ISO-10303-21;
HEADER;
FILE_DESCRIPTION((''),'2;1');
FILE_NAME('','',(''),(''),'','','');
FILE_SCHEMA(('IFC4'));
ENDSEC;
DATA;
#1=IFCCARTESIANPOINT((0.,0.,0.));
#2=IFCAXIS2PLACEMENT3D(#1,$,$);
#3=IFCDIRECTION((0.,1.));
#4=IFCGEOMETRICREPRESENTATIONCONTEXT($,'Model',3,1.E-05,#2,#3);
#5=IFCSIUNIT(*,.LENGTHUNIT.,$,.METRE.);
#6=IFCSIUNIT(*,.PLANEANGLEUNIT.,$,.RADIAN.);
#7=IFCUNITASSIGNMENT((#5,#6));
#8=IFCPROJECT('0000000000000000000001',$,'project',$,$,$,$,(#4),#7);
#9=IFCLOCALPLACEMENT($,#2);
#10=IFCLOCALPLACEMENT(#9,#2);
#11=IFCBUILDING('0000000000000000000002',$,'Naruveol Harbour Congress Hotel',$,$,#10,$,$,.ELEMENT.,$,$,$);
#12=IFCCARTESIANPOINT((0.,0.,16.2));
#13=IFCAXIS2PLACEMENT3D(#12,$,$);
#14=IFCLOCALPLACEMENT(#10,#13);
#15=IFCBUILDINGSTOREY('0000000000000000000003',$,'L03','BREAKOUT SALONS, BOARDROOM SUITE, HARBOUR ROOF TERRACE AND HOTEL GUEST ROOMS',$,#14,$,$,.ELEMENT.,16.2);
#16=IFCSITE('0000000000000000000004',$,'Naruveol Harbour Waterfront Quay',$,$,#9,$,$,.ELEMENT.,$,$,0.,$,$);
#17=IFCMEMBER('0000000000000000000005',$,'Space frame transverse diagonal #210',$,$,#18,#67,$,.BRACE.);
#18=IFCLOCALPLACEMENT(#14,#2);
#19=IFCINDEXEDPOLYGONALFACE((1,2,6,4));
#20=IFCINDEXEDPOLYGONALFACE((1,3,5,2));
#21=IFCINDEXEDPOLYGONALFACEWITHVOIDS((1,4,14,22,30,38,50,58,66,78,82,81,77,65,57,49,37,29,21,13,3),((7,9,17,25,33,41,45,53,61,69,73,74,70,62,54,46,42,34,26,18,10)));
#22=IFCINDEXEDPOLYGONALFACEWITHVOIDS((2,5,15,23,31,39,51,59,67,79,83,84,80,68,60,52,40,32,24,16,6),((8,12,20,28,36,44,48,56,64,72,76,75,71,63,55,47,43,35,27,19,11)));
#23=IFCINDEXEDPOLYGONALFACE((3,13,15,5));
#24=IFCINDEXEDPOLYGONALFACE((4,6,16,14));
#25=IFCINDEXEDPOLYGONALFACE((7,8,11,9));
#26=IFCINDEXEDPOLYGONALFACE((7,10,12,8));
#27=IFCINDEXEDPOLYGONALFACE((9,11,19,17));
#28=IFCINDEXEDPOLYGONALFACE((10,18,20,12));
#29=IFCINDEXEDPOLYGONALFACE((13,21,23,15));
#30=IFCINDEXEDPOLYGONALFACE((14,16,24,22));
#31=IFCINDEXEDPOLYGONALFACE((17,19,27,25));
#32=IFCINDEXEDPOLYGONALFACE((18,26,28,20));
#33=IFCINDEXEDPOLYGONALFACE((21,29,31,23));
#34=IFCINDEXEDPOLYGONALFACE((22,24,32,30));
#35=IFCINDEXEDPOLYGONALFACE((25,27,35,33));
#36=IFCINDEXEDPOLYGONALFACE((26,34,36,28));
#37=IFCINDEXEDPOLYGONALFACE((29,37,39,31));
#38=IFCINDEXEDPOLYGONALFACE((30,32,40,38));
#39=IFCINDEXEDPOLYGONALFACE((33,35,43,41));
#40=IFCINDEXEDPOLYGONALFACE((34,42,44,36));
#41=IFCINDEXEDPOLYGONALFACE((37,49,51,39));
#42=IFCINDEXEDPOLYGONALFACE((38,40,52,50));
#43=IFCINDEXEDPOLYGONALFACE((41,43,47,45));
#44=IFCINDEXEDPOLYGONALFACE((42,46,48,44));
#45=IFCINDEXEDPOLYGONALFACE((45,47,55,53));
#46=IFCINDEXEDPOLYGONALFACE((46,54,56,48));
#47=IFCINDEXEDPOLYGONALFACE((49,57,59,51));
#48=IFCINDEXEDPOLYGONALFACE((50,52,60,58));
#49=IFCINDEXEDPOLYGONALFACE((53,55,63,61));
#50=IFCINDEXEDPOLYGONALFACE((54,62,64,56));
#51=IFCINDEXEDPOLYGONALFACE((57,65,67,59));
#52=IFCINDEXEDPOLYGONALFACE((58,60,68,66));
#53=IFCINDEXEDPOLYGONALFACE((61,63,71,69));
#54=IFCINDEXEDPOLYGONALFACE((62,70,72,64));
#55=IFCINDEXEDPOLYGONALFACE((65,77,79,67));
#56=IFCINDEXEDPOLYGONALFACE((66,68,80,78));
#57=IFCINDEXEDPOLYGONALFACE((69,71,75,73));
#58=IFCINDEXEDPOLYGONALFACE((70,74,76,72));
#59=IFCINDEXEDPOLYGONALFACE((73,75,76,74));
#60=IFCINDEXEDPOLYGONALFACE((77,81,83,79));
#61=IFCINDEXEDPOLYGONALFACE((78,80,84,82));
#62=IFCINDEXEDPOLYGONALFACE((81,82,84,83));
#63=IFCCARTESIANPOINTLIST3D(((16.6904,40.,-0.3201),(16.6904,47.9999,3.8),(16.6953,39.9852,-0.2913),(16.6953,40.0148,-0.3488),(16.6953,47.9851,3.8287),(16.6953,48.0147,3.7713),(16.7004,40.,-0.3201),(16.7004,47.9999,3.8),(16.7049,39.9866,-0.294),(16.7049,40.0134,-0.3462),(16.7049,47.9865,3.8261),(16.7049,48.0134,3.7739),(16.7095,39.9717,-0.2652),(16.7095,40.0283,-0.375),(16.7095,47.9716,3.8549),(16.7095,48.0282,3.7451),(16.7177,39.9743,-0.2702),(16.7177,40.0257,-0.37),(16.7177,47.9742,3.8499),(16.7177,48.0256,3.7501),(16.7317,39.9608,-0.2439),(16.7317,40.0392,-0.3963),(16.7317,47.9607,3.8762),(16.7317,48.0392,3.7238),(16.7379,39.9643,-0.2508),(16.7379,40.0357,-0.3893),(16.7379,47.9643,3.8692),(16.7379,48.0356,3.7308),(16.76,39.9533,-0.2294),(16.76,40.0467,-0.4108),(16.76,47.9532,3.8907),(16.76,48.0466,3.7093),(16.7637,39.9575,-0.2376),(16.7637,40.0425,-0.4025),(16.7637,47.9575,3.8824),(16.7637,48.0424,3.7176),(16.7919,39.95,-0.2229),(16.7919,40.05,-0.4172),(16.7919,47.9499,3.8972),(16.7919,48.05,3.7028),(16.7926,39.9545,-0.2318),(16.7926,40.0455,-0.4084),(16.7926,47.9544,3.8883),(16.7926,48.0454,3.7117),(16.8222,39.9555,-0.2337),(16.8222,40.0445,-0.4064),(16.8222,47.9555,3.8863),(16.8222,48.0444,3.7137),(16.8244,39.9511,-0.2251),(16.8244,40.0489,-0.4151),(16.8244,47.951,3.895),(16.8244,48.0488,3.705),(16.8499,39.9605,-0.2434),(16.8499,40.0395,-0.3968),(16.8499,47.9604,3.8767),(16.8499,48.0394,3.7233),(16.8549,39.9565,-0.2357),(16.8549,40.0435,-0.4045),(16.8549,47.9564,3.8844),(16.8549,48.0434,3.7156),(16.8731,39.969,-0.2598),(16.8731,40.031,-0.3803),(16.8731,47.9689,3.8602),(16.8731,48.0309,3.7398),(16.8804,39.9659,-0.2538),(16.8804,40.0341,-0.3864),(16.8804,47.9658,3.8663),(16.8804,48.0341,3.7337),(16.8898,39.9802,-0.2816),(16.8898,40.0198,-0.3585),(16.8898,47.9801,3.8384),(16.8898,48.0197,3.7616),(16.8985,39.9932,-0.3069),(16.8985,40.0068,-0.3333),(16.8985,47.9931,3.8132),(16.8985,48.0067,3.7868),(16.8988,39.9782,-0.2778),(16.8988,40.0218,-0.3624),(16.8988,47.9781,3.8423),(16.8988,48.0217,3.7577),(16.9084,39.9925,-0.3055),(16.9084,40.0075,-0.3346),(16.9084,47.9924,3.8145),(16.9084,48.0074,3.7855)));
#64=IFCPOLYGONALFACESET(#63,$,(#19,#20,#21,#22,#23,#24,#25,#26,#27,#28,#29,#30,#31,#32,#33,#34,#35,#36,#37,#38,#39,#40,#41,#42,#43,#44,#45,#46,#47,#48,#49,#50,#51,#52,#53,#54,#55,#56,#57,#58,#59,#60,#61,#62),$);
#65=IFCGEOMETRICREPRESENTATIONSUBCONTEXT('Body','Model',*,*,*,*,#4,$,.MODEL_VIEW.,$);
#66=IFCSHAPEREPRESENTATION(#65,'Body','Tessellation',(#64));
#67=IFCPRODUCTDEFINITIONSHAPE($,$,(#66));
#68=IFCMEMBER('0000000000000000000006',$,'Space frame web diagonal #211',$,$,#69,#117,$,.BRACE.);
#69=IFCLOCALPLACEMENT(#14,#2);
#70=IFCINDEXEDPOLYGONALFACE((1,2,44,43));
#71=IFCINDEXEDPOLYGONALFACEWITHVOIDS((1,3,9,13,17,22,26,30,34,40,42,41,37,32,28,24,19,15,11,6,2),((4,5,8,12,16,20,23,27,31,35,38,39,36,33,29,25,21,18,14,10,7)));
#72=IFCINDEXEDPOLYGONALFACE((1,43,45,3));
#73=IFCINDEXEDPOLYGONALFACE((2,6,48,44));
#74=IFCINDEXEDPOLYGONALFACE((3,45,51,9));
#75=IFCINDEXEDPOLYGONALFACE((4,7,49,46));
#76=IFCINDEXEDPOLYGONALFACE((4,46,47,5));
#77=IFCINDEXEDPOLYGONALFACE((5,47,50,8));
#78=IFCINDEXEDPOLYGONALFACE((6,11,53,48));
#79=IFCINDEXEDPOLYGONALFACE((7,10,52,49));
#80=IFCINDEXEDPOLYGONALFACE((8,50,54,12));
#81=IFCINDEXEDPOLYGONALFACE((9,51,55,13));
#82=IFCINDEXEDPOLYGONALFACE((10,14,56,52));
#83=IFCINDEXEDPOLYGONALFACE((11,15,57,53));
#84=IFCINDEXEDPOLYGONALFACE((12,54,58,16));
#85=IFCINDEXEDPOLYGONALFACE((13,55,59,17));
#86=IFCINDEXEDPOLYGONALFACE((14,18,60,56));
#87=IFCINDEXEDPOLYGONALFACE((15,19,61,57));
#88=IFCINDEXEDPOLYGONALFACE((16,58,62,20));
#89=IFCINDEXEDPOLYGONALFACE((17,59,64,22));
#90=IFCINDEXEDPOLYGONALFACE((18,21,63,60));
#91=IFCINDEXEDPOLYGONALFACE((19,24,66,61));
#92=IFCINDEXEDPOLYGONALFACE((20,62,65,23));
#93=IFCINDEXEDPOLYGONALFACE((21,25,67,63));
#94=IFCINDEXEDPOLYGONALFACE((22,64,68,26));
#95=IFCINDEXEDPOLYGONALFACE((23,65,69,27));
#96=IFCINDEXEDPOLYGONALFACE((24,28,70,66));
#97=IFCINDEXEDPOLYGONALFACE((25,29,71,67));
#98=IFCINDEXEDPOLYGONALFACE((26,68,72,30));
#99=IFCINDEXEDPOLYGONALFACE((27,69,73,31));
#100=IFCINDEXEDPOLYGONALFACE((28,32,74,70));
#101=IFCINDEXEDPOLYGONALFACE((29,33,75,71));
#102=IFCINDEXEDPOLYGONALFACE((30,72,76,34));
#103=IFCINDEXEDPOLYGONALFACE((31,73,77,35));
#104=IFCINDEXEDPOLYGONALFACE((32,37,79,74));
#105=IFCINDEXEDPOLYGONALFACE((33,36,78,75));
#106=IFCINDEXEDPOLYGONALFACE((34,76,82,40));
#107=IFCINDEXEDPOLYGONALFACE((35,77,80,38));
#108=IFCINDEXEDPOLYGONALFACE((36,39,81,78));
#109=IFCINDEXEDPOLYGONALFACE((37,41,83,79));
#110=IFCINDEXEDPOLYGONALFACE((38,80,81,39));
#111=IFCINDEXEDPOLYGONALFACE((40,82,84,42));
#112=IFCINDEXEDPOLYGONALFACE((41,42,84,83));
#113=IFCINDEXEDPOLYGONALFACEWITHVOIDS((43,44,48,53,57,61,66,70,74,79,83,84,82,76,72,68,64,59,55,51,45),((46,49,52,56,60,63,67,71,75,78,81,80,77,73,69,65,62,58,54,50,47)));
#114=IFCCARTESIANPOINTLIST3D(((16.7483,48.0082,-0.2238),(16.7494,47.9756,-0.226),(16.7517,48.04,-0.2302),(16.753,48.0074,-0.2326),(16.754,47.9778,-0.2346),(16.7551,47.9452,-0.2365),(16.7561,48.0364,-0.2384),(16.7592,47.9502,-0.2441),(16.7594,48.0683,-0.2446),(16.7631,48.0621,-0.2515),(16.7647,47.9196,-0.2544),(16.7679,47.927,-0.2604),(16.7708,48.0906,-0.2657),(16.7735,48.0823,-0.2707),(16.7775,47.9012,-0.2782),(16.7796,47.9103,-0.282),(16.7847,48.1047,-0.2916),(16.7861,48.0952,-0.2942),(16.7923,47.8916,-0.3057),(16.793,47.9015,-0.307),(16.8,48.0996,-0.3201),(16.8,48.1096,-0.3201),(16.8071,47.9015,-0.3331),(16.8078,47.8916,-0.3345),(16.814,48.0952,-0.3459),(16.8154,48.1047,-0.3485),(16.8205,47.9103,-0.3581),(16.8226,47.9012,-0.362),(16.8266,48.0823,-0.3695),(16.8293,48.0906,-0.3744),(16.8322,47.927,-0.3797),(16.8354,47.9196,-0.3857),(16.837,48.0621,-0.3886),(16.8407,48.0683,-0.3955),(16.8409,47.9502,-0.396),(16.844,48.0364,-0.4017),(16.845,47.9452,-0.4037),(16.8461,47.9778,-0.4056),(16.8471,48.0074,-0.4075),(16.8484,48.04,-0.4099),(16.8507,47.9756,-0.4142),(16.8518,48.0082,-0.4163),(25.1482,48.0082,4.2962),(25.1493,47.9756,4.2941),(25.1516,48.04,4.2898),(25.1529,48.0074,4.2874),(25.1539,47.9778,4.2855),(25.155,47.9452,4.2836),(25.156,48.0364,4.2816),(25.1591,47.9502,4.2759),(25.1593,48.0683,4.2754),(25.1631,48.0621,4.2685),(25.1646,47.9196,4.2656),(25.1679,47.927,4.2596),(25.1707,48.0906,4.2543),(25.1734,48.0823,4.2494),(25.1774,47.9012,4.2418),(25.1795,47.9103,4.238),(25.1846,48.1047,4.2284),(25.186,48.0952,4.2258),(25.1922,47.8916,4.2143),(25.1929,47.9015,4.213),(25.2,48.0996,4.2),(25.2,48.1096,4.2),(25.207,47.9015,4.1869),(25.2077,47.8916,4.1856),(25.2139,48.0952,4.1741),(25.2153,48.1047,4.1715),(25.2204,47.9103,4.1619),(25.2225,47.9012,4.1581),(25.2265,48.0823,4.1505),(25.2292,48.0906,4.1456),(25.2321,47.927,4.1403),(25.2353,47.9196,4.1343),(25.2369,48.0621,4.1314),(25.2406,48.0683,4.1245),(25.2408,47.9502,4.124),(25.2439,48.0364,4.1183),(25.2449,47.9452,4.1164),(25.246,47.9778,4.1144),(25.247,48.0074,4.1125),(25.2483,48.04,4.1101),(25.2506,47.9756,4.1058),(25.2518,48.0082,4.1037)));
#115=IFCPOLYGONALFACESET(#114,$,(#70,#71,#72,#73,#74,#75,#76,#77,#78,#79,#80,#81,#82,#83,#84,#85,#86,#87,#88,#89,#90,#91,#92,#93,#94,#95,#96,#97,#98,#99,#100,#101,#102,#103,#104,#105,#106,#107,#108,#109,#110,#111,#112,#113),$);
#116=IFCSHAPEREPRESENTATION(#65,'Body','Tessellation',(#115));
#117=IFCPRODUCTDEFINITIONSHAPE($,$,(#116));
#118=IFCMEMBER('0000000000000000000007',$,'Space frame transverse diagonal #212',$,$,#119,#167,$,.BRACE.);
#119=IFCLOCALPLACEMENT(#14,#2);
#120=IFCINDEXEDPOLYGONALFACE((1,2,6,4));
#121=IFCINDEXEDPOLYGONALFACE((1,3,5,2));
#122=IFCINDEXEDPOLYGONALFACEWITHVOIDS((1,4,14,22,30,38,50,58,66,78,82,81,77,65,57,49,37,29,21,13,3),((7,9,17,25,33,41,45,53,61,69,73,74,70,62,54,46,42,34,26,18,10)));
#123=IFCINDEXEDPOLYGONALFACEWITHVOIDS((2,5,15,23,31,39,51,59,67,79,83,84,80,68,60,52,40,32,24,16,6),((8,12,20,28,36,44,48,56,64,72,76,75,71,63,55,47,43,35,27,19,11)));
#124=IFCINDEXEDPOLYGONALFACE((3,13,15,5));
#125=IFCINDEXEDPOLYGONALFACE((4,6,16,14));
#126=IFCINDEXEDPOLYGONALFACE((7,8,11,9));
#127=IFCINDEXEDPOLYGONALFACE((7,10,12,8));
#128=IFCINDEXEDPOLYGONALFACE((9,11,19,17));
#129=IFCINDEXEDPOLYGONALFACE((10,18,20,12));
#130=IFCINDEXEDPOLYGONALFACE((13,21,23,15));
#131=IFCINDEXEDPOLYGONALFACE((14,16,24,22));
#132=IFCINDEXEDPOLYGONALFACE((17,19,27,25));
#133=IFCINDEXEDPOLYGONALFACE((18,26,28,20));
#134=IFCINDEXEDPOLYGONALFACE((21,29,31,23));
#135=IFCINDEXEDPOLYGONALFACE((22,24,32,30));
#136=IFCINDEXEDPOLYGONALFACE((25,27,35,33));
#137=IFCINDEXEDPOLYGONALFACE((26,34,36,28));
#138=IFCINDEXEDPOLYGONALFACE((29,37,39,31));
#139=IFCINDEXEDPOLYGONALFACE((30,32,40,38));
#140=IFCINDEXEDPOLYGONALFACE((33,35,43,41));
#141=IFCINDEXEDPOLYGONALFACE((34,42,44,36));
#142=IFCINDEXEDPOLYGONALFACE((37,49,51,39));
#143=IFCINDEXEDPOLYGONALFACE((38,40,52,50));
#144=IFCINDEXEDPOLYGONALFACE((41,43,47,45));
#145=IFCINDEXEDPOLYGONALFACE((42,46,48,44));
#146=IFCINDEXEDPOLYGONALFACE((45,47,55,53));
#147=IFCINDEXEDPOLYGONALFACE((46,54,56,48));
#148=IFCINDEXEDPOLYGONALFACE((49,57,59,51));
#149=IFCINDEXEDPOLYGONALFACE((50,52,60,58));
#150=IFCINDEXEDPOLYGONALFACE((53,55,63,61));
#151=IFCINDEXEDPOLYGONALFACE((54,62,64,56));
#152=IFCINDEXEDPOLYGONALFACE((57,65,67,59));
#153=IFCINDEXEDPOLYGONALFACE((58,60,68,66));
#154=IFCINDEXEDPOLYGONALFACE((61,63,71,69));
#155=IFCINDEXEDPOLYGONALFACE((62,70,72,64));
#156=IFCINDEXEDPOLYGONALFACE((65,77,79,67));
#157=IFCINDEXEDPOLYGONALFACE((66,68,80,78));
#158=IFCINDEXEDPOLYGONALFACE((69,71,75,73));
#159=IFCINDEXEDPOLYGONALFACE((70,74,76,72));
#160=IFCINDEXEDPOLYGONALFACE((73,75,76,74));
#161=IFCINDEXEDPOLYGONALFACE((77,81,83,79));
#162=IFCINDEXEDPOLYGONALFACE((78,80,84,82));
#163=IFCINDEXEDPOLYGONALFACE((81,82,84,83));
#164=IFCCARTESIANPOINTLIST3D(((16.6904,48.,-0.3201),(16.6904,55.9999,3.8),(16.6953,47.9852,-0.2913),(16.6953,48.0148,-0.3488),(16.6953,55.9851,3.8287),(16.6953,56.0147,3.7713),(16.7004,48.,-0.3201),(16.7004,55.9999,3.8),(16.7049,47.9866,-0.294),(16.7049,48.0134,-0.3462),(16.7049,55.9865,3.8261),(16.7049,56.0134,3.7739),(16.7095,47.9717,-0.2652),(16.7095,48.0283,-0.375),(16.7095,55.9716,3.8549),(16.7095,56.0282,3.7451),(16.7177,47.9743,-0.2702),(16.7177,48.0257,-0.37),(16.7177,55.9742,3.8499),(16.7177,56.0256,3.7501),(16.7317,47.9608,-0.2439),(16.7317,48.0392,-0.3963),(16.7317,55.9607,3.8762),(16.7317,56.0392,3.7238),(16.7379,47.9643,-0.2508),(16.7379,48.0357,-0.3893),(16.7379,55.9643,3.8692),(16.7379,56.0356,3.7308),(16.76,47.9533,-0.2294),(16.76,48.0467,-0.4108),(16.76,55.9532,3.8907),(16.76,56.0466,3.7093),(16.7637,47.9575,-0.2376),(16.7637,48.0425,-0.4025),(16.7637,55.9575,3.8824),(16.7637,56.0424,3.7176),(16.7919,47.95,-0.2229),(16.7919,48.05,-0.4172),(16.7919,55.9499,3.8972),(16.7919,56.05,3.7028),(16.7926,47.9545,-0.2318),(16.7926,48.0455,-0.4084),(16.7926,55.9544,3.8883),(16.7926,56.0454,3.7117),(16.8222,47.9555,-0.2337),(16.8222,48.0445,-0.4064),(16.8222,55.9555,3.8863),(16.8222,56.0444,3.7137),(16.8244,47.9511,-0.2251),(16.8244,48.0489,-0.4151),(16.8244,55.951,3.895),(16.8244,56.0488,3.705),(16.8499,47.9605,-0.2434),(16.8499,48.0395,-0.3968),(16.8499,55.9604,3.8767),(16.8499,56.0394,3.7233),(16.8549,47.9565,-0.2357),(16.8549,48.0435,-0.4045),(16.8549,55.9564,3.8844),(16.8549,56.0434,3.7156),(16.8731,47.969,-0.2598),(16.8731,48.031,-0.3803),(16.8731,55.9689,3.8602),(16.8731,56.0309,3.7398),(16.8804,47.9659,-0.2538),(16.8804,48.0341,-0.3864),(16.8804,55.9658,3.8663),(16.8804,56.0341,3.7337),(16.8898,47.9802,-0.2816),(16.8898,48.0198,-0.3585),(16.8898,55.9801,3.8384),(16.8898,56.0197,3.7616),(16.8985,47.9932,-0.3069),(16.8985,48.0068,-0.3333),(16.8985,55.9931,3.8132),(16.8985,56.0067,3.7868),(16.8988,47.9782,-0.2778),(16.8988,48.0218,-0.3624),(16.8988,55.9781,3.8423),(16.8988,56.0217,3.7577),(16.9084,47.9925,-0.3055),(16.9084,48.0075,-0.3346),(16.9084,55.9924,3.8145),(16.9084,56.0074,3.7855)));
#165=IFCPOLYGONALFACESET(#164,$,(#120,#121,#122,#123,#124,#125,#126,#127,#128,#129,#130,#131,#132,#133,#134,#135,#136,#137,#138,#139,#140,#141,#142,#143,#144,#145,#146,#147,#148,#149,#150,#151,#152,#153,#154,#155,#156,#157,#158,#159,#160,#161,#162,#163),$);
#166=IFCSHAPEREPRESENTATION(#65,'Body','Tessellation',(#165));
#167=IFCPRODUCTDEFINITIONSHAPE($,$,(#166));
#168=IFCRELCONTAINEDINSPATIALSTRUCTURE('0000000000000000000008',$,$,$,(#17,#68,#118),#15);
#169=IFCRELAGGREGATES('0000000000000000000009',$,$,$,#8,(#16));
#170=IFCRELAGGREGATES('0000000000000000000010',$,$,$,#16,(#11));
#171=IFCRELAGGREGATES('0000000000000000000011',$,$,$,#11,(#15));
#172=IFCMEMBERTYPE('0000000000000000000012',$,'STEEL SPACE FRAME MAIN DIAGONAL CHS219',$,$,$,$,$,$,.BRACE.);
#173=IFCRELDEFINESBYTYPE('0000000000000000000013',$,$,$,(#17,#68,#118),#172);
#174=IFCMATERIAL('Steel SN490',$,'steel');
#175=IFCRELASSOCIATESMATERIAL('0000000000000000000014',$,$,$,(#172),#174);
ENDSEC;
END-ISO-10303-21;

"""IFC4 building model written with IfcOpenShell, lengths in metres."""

from ifc_helpers import new_model, si_unit, direction, frame, origin, origin_2d, place, context, subcontext, project, spatial, hollow_circle, extrude, material, material_profile, profile_set, type_object, element, save


model = new_model("IFC4")

# Units and contexts
model_context = context("Model", 3, precision=1e-05, world=origin(), true_north=direction((0.0, 1.0)))
body_context = subcontext(model_context, "Body", "Model", "MODEL_VIEW")
ifc_project = project(units=[si_unit("LENGTHUNIT", "METRE"), si_unit("PLANEANGLEUNIT", "RADIAN")], contexts=[model_context])

# Site, building, storey
site_placement = place(None, origin())
site = spatial("IfcSite", under=ifc_project, at=site_placement, Name="Naruveol Harbour Waterfront Quay", CompositionType="ELEMENT", RefElevation=0.0)
building_placement = place(site_placement, origin())
building = spatial("IfcBuilding", under=site, at=building_placement, Name="Naruveol Harbour Congress Hotel", CompositionType="ELEMENT")
storey_placement = place(building_placement, frame((0.0, 0.0, 16.2)))
storey = spatial("IfcBuildingStorey", under=building, at=storey_placement, Name="L03", Description="BREAKOUT SALONS, BOARDROOM SUITE, HARBOUR ROOF TERRACE AND HOTEL GUEST ROOMS", CompositionType="ELEMENT", Elevation=16.2)

# Members
ifc_material_1 = material(Name="Steel SN490", Category="steel")
ifc_material_profile_1 = material_profile(ifc_material_1, hollow_circle(Radius=0.1096, WallThickness=0.01, at=origin_2d()), Name="CHS-219.1x10")
ifc_profile_set_1 = profile_set([ifc_material_profile_1], Name="Steel SN490")
member_type_1 = type_object("IfcMemberType", Name="STEEL SPACE FRAME MAIN DIAGONAL CHS219", PredefinedType="BRACE", material=ifc_profile_set_1)
member_1_placement = place(storey_placement, frame((16.8, 40.0, -0.3201), z_axis=(0.0, 0.889024, 0.45786), x_axis=(-1.0, 0.0, 0.0)))
element("IfcMember", 1, at=member_1_placement, inside=storey, type_object=member_type_1, Name="Space frame transverse diagonal #210", PredefinedType="BRACE", context=body_context, shape_type="SweptSolid", body=[
    extrude(hollow_circle(Radius=0.1096, WallThickness=0.01, at=origin_2d()), origin(), (0.0, 0.0, 1.0), 8.9985),
])
member_2_placement = place(storey_placement, frame((16.8, 48.0, -0.3201), z_axis=(0.880603, 0.0, 0.473856), x_axis=(0.0, 1.0, 0.0)))
element("IfcMember", 2, at=member_2_placement, inside=storey, type_object=member_type_1, Name="Space frame web diagonal #211", PredefinedType="BRACE", context=body_context, shape_type="SweptSolid", body=[
    extrude(hollow_circle(Radius=0.1096, WallThickness=0.01, at=origin_2d()), origin(), (0.0, 0.0, 1.0), 9.5388),
])
member_3_placement = place(storey_placement, frame((16.8, 48.0, -0.3201), z_axis=(0.0, 0.889024, 0.45786), x_axis=(-1.0, 0.0, 0.0)))
element("IfcMember", 3, at=member_3_placement, inside=storey, type_object=member_type_1, Name="Space frame transverse diagonal #212", PredefinedType="BRACE", context=body_context, shape_type="SweptSolid", body=[
    extrude(hollow_circle(Radius=0.1096, WallThickness=0.01, at=origin_2d()), origin(), (0.0, 0.0, 1.0), 8.9985),
])

save(model, "model.ifc")
